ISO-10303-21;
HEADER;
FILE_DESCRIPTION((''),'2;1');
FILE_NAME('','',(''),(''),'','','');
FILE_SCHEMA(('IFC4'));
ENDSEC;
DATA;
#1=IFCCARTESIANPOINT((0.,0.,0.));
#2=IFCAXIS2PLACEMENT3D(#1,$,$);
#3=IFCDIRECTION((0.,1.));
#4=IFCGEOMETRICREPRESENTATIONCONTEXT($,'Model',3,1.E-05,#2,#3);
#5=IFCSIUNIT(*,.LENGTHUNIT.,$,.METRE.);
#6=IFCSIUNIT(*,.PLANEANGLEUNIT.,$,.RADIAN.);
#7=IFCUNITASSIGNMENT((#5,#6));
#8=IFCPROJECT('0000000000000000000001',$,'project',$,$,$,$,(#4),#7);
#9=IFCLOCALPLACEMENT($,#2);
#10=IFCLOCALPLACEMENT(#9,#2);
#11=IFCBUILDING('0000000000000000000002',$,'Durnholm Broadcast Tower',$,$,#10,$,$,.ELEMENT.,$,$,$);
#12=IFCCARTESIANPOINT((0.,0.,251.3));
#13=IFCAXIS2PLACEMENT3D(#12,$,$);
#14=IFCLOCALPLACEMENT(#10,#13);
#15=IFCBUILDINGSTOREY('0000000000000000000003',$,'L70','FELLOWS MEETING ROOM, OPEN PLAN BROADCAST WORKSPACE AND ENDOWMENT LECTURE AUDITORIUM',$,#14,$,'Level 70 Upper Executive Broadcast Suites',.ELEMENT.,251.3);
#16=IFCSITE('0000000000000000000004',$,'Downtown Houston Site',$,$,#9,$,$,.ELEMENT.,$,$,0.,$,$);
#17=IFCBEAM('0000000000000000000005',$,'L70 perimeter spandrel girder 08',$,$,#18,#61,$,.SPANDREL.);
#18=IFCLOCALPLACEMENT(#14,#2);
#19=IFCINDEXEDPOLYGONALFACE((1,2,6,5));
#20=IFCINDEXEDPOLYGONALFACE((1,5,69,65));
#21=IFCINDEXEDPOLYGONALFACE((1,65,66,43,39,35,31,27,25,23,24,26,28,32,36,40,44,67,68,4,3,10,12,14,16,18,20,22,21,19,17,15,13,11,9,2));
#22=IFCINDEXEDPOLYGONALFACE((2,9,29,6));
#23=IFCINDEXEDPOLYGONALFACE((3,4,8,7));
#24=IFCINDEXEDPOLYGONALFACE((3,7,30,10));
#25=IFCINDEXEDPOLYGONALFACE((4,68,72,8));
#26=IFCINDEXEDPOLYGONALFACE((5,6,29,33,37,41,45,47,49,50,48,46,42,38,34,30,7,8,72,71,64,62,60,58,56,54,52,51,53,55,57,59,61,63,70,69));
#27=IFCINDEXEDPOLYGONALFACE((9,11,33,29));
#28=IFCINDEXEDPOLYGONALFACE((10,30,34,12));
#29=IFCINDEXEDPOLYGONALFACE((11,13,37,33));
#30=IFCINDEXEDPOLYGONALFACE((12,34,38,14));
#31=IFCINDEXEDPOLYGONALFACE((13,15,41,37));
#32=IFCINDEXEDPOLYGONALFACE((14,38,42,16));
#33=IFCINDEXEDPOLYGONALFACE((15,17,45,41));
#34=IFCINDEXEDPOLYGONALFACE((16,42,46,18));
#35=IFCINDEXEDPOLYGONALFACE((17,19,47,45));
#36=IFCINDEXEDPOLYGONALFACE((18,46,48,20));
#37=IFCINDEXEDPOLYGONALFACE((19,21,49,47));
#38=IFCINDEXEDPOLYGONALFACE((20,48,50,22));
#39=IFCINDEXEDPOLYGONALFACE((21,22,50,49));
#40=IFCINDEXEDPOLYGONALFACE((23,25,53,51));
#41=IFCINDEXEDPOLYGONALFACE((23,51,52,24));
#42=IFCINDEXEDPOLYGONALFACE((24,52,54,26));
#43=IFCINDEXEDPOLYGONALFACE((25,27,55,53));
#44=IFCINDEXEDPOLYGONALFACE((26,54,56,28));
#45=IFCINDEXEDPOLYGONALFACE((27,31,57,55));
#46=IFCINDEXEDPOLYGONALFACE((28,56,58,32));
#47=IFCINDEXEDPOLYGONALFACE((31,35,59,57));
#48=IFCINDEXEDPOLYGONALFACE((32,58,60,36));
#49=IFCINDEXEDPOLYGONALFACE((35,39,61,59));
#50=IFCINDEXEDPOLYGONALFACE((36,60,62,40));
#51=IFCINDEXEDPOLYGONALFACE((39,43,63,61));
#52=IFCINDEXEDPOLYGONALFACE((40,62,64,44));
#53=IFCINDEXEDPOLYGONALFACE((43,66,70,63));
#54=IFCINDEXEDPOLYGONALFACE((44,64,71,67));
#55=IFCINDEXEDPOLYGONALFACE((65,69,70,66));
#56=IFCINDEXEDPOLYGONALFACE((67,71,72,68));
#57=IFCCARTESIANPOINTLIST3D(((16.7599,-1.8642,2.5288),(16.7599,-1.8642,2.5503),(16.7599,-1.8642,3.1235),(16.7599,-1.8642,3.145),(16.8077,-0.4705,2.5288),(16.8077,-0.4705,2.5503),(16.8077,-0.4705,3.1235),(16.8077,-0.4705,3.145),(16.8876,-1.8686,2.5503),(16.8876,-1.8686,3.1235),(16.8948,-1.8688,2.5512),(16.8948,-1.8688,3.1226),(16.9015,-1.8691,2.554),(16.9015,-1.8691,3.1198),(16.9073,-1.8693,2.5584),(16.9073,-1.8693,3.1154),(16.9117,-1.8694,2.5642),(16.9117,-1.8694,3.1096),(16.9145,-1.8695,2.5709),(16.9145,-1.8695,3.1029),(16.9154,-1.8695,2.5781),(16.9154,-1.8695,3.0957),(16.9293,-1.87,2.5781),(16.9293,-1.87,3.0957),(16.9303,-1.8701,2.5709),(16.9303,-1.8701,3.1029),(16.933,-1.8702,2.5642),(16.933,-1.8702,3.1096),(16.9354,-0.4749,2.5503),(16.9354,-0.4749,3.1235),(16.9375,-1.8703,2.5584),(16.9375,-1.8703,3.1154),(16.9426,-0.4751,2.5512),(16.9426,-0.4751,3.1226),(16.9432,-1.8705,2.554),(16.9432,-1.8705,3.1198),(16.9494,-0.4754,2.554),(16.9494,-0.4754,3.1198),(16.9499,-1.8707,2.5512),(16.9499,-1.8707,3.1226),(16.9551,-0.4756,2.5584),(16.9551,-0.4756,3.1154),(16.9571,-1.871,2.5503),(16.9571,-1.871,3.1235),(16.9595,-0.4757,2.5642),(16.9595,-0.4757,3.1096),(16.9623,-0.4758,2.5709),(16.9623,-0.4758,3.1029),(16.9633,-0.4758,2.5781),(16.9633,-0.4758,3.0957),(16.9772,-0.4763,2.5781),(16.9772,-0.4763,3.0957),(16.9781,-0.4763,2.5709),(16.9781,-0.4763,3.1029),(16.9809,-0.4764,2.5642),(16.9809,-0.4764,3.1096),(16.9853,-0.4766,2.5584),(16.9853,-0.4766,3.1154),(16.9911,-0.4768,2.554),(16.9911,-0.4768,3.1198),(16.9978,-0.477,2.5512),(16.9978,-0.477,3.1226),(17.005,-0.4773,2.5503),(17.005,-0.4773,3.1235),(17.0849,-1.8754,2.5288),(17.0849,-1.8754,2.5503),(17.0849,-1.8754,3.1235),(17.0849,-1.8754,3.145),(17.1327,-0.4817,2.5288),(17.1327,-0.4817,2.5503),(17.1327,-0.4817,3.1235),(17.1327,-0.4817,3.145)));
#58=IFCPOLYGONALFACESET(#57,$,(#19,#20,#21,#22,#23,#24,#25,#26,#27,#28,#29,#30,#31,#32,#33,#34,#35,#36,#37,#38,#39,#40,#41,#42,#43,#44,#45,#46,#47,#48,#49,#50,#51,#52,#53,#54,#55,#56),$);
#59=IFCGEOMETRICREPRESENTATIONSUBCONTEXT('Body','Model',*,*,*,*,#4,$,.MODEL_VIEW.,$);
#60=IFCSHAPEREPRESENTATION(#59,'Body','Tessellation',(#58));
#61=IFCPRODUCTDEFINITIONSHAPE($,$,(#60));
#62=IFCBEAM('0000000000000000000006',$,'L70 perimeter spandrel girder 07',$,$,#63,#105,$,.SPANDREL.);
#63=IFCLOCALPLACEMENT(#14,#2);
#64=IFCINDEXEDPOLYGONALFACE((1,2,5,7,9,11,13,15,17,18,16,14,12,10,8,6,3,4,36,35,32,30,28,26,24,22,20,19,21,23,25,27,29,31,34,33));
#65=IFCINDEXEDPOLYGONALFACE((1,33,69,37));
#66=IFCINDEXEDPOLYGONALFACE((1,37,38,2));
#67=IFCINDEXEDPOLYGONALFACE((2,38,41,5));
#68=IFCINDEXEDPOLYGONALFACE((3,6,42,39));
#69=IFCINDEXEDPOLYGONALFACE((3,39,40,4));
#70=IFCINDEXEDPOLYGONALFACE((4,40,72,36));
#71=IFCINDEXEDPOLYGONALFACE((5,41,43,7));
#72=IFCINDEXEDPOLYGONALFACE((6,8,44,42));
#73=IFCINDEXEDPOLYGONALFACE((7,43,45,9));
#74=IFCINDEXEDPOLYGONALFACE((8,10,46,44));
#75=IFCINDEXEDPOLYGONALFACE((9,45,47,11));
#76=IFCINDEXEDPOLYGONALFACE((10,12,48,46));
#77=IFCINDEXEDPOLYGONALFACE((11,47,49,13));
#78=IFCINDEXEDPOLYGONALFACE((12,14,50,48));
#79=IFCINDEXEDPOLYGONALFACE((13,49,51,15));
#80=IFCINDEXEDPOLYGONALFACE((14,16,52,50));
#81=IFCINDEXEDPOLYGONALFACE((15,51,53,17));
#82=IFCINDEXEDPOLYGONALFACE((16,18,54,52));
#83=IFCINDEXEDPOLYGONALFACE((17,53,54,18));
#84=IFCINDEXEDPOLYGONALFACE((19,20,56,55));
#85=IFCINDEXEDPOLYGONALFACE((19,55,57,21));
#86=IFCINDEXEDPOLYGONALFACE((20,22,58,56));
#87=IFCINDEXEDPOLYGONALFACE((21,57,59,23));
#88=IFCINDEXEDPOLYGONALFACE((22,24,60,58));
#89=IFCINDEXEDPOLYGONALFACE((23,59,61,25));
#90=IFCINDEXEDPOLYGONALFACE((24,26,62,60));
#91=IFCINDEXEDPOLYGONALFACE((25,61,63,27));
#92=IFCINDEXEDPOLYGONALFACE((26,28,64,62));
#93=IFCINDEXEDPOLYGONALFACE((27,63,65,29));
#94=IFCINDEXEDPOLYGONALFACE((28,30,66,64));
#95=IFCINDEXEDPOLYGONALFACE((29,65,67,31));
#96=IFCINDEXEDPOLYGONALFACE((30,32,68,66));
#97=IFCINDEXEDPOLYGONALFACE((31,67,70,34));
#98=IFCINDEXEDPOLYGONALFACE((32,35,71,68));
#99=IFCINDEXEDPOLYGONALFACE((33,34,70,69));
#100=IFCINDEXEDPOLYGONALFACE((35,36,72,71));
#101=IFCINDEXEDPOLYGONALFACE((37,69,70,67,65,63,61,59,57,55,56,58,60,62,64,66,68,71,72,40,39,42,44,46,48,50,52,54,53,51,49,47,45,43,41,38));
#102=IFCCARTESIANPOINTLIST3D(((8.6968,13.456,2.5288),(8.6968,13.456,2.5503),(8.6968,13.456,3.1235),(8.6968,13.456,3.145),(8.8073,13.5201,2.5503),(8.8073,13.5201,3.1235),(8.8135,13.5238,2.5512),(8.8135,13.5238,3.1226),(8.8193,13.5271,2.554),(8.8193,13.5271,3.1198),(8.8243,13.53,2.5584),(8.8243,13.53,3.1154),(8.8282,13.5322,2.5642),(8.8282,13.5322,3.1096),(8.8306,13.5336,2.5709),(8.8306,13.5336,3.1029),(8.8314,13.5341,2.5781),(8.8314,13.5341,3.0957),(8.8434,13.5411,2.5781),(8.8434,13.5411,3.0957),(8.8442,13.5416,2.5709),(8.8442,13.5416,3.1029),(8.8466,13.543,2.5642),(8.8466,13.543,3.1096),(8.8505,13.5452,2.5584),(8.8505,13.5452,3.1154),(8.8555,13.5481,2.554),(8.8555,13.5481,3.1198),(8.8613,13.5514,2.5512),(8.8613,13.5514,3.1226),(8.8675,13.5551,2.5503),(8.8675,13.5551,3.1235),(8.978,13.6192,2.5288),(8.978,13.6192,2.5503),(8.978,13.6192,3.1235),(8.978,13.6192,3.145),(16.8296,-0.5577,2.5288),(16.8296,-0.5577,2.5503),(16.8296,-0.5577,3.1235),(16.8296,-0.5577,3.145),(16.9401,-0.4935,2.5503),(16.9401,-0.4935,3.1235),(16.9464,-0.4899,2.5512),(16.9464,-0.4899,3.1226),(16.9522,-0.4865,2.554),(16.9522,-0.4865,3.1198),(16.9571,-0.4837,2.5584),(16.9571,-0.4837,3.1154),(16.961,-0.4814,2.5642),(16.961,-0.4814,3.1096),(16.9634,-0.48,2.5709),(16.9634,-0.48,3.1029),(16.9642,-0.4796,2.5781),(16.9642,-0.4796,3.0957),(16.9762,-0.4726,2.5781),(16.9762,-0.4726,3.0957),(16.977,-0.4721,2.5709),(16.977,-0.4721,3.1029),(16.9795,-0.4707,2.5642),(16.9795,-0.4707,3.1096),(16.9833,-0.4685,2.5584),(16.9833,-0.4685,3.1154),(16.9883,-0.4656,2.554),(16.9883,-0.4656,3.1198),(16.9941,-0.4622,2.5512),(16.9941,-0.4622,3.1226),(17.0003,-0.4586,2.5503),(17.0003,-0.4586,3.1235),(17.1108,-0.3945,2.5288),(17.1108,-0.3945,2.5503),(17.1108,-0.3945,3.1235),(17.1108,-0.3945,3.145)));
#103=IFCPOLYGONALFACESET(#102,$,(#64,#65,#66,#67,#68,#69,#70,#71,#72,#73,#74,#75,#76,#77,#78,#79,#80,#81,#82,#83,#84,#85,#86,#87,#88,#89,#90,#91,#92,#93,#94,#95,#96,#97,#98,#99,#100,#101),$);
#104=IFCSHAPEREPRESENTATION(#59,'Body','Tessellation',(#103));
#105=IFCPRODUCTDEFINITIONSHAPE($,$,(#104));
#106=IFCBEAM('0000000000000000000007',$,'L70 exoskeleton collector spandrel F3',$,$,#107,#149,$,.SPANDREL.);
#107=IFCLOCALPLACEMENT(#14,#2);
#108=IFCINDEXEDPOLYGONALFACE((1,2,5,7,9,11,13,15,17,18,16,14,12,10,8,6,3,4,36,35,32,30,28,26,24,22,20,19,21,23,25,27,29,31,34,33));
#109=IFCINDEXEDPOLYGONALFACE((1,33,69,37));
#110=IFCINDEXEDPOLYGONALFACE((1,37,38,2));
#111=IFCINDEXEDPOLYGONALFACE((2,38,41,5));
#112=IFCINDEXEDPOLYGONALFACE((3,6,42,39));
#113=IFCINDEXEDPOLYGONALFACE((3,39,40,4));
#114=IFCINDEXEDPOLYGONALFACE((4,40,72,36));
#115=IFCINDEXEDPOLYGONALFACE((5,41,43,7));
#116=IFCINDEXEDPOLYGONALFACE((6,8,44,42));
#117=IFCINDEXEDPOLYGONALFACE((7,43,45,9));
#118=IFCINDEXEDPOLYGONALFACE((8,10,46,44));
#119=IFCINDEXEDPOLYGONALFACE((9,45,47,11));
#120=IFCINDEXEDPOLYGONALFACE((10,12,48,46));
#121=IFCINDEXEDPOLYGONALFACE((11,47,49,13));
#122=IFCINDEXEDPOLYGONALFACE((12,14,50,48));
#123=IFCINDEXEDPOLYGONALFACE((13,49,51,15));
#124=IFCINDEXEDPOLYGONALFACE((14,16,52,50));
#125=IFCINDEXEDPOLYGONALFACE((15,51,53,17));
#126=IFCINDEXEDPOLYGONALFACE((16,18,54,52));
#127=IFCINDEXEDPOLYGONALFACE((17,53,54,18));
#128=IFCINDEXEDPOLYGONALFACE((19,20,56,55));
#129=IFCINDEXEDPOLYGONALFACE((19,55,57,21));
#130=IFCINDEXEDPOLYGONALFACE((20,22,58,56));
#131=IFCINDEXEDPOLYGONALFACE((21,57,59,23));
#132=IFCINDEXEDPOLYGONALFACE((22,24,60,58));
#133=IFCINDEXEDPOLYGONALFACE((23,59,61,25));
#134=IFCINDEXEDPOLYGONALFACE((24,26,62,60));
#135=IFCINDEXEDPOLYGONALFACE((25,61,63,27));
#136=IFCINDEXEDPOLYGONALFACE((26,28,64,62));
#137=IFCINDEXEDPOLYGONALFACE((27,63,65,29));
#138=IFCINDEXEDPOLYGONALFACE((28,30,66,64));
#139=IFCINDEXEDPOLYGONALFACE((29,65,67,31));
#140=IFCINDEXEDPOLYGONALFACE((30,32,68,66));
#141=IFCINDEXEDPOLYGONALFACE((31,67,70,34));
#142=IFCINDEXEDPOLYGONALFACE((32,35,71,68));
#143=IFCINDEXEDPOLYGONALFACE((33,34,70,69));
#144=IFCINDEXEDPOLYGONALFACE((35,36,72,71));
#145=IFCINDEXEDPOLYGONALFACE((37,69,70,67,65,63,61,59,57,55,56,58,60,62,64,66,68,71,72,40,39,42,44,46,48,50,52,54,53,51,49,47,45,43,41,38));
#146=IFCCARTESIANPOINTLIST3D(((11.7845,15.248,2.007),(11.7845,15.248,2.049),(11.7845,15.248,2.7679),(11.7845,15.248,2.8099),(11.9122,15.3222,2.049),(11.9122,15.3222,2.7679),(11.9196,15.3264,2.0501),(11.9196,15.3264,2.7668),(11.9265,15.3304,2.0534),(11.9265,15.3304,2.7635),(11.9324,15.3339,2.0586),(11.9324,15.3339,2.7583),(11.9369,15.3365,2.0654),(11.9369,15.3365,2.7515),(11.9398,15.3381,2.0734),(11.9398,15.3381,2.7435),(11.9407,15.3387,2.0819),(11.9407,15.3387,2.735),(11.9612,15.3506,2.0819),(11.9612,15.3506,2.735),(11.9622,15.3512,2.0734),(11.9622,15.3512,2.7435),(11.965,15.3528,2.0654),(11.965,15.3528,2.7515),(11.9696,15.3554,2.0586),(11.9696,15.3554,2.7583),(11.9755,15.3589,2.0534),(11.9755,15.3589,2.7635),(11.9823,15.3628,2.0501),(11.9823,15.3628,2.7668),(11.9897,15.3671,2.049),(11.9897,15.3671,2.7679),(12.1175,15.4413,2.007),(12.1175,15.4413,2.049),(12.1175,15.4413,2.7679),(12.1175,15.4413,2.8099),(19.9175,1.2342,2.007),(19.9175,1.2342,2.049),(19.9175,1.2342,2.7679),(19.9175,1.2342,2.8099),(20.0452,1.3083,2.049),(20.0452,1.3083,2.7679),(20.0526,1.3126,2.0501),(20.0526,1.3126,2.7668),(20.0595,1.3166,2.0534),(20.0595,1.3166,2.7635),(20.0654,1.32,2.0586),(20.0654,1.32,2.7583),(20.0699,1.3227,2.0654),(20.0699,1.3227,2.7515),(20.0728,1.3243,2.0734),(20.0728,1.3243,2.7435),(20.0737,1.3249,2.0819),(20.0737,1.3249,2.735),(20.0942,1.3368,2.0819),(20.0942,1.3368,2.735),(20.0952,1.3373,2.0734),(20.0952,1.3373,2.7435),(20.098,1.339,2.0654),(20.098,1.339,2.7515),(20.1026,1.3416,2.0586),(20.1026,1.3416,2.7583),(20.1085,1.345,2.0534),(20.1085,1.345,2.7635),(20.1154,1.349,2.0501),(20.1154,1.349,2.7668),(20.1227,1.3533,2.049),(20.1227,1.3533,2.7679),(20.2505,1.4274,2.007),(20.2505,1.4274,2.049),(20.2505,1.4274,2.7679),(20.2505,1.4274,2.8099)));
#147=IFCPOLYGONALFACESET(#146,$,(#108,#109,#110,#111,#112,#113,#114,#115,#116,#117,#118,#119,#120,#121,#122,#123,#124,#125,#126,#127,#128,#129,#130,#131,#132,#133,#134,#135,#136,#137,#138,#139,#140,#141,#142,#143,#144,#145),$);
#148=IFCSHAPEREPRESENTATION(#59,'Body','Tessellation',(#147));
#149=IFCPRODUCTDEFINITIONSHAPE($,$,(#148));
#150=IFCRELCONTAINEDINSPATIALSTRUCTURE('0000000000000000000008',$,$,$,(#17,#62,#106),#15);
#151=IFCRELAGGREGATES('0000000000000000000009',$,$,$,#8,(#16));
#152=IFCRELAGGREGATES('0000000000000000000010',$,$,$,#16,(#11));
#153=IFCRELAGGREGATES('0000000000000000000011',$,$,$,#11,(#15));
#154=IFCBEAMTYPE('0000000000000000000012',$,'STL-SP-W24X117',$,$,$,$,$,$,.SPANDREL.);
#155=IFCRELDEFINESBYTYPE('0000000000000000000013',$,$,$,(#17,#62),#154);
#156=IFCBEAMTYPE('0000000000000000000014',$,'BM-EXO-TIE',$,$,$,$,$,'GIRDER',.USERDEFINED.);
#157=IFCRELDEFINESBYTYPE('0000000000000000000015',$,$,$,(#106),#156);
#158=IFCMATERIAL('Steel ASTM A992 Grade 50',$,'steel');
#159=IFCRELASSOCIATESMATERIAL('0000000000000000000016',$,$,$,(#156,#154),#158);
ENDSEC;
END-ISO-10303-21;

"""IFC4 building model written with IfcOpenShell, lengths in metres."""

from ifc_helpers import new_model, si_unit, direction, frame, origin, origin_2d, place, context, subcontext, project, spatial, i_section, extrude, source, transform, mapped, material, material_profile, profile_set, type_object, type_shapes, element, save


model = new_model("IFC4")

# Units and contexts
model_context = context("Model", 3, precision=1e-05, world=origin(), true_north=direction((0.0, 1.0)))
body_context = subcontext(model_context, "Body", "Model", "MODEL_VIEW")
ifc_project = project(units=[si_unit("LENGTHUNIT", "METRE"), si_unit("PLANEANGLEUNIT", "RADIAN")], contexts=[model_context])

# Site, building, storey
site_placement = place(None, origin())
site = spatial("IfcSite", under=ifc_project, at=site_placement, Name="Downtown Houston Site", CompositionType="ELEMENT", RefElevation=0.0)
building_placement = place(site_placement, origin())
building = spatial("IfcBuilding", under=site, at=building_placement, Name="Durnholm Broadcast Tower", CompositionType="ELEMENT")
storey_placement = place(building_placement, frame((0.0, 0.0, 251.3)))
storey = spatial("IfcBuildingStorey", under=building, at=storey_placement, Name="L70", Description="FELLOWS MEETING ROOM, OPEN PLAN BROADCAST WORKSPACE AND ENDOWMENT LECTURE AUDITORIUM", LongName="Level 70 Upper Executive Broadcast Suites", CompositionType="ELEMENT", Elevation=251.3)

# Beams
ifc_material_1 = material(Name="Steel ASTM A992 Grade 50", Category="steel")
ifc_material_profile_1 = material_profile(ifc_material_1, i_section(OverallWidth=0.385, OverallDepth=0.803, WebThickness=0.0237, FlangeThickness=0.042, FilletRadius=0.033, at=origin_2d()), Name="W30X261")
ifc_profile_set_1 = profile_set([ifc_material_profile_1], Name="Steel ASTM A992 Grade 50")
beam_type_1 = type_object("IfcBeamType", Name="BM-EXO-TIE", ElementType="GIRDER", PredefinedType="USERDEFINED", material=ifc_profile_set_1)
ifc_material_profile_2 = material_profile(ifc_material_1, i_section(OverallWidth=0.3252, OverallDepth=0.6162, WebThickness=0.0139, FlangeThickness=0.0215, FilletRadius=0.0278, at=origin_2d()), Name="W24X117")
ifc_profile_set_2 = profile_set([ifc_material_profile_2], Name="Steel ASTM A992 Grade 50")
beam_type_2 = type_object("IfcBeamType", Name="STL-SP-W24X117", PredefinedType="SPANDREL", material=ifc_profile_set_2)
shared_shape_1 = source(origin(), body_context, "Body", "SweptSolid", [
    extrude(i_section(OverallWidth=0.3252, OverallDepth=0.6162, WebThickness=0.0139, FlangeThickness=0.0215, FilletRadius=0.0278, at=origin_2d()), origin(), (0.0, 0.0, 1.0), 1.3945),
])
beam_1_placement = place(storey_placement, frame((16.9702, -0.4761, 2.8369), z_axis=(-0.034312, -0.999411, 0.0), x_axis=(0.999411, -0.034312, 0.0)))
element("IfcBeam", 1, at=beam_1_placement, inside=storey, type_object=beam_type_2, Name="L70 perimeter spandrel girder 08", PredefinedType="SPANDREL", context=body_context, shape_type="MappedRepresentation", body=[
    mapped(shared_shape_1, transform((0.0, 0.0, 0.0), x_axis=(1.0, 0.0, 0.0), y_axis=(0.0, 1.0, 0.0), z_axis=(0.0, 0.0, 1.0), scale=1.0)),
])
shared_shape_2 = source(origin(), body_context, "Body", "SweptSolid", [
    extrude(i_section(OverallWidth=0.3252, OverallDepth=0.6162, WebThickness=0.0139, FlangeThickness=0.0215, FilletRadius=0.0278, at=origin_2d()), origin(), (0.0, 0.0, 1.0), 16.2026),
])
type_shapes(beam_type_2, [shared_shape_1, shared_shape_2])
beam_2_placement = place(storey_placement, frame((8.8374, 13.5376, 2.8369), z_axis=(0.501944, -0.8649, 0.0), x_axis=(0.8649, 0.501944, 0.0)))
element("IfcBeam", 2, at=beam_2_placement, inside=storey, type_object=beam_type_2, Name="L70 perimeter spandrel girder 07", PredefinedType="SPANDREL", context=body_context, shape_type="MappedRepresentation", body=[
    mapped(shared_shape_2, transform((0.0, 0.0, 0.0), x_axis=(1.0, 0.0, 0.0), y_axis=(0.0, 1.0, 0.0), z_axis=(0.0, 0.0, 1.0), scale=1.0)),
])
shared_shape_3 = source(origin(), body_context, "Body", "SweptSolid", [
    extrude(i_section(OverallWidth=0.385, OverallDepth=0.803, WebThickness=0.0237, FlangeThickness=0.042, FilletRadius=0.033, at=origin_2d()), origin(), (0.0, 0.0, 1.0), 16.2029),
])
beam_3_placement = place(storey_placement, frame((20.084, 1.3308, 2.4084), z_axis=(-0.501948, 0.864898, 0.0), x_axis=(-0.864898, -0.501948, 0.0)))
element("IfcBeam", 3, at=beam_3_placement, inside=storey, type_object=beam_type_1, Name="L70 exoskeleton collector spandrel F3", PredefinedType="SPANDREL", context=body_context, shape_type="MappedRepresentation", body=[
    mapped(shared_shape_3, transform((0.0, 0.0, 0.0), x_axis=(1.0, 0.0, 0.0), y_axis=(0.0, 1.0, 0.0), z_axis=(0.0, 0.0, 1.0), scale=1.0)),
])

save(model, "model.ifc")
